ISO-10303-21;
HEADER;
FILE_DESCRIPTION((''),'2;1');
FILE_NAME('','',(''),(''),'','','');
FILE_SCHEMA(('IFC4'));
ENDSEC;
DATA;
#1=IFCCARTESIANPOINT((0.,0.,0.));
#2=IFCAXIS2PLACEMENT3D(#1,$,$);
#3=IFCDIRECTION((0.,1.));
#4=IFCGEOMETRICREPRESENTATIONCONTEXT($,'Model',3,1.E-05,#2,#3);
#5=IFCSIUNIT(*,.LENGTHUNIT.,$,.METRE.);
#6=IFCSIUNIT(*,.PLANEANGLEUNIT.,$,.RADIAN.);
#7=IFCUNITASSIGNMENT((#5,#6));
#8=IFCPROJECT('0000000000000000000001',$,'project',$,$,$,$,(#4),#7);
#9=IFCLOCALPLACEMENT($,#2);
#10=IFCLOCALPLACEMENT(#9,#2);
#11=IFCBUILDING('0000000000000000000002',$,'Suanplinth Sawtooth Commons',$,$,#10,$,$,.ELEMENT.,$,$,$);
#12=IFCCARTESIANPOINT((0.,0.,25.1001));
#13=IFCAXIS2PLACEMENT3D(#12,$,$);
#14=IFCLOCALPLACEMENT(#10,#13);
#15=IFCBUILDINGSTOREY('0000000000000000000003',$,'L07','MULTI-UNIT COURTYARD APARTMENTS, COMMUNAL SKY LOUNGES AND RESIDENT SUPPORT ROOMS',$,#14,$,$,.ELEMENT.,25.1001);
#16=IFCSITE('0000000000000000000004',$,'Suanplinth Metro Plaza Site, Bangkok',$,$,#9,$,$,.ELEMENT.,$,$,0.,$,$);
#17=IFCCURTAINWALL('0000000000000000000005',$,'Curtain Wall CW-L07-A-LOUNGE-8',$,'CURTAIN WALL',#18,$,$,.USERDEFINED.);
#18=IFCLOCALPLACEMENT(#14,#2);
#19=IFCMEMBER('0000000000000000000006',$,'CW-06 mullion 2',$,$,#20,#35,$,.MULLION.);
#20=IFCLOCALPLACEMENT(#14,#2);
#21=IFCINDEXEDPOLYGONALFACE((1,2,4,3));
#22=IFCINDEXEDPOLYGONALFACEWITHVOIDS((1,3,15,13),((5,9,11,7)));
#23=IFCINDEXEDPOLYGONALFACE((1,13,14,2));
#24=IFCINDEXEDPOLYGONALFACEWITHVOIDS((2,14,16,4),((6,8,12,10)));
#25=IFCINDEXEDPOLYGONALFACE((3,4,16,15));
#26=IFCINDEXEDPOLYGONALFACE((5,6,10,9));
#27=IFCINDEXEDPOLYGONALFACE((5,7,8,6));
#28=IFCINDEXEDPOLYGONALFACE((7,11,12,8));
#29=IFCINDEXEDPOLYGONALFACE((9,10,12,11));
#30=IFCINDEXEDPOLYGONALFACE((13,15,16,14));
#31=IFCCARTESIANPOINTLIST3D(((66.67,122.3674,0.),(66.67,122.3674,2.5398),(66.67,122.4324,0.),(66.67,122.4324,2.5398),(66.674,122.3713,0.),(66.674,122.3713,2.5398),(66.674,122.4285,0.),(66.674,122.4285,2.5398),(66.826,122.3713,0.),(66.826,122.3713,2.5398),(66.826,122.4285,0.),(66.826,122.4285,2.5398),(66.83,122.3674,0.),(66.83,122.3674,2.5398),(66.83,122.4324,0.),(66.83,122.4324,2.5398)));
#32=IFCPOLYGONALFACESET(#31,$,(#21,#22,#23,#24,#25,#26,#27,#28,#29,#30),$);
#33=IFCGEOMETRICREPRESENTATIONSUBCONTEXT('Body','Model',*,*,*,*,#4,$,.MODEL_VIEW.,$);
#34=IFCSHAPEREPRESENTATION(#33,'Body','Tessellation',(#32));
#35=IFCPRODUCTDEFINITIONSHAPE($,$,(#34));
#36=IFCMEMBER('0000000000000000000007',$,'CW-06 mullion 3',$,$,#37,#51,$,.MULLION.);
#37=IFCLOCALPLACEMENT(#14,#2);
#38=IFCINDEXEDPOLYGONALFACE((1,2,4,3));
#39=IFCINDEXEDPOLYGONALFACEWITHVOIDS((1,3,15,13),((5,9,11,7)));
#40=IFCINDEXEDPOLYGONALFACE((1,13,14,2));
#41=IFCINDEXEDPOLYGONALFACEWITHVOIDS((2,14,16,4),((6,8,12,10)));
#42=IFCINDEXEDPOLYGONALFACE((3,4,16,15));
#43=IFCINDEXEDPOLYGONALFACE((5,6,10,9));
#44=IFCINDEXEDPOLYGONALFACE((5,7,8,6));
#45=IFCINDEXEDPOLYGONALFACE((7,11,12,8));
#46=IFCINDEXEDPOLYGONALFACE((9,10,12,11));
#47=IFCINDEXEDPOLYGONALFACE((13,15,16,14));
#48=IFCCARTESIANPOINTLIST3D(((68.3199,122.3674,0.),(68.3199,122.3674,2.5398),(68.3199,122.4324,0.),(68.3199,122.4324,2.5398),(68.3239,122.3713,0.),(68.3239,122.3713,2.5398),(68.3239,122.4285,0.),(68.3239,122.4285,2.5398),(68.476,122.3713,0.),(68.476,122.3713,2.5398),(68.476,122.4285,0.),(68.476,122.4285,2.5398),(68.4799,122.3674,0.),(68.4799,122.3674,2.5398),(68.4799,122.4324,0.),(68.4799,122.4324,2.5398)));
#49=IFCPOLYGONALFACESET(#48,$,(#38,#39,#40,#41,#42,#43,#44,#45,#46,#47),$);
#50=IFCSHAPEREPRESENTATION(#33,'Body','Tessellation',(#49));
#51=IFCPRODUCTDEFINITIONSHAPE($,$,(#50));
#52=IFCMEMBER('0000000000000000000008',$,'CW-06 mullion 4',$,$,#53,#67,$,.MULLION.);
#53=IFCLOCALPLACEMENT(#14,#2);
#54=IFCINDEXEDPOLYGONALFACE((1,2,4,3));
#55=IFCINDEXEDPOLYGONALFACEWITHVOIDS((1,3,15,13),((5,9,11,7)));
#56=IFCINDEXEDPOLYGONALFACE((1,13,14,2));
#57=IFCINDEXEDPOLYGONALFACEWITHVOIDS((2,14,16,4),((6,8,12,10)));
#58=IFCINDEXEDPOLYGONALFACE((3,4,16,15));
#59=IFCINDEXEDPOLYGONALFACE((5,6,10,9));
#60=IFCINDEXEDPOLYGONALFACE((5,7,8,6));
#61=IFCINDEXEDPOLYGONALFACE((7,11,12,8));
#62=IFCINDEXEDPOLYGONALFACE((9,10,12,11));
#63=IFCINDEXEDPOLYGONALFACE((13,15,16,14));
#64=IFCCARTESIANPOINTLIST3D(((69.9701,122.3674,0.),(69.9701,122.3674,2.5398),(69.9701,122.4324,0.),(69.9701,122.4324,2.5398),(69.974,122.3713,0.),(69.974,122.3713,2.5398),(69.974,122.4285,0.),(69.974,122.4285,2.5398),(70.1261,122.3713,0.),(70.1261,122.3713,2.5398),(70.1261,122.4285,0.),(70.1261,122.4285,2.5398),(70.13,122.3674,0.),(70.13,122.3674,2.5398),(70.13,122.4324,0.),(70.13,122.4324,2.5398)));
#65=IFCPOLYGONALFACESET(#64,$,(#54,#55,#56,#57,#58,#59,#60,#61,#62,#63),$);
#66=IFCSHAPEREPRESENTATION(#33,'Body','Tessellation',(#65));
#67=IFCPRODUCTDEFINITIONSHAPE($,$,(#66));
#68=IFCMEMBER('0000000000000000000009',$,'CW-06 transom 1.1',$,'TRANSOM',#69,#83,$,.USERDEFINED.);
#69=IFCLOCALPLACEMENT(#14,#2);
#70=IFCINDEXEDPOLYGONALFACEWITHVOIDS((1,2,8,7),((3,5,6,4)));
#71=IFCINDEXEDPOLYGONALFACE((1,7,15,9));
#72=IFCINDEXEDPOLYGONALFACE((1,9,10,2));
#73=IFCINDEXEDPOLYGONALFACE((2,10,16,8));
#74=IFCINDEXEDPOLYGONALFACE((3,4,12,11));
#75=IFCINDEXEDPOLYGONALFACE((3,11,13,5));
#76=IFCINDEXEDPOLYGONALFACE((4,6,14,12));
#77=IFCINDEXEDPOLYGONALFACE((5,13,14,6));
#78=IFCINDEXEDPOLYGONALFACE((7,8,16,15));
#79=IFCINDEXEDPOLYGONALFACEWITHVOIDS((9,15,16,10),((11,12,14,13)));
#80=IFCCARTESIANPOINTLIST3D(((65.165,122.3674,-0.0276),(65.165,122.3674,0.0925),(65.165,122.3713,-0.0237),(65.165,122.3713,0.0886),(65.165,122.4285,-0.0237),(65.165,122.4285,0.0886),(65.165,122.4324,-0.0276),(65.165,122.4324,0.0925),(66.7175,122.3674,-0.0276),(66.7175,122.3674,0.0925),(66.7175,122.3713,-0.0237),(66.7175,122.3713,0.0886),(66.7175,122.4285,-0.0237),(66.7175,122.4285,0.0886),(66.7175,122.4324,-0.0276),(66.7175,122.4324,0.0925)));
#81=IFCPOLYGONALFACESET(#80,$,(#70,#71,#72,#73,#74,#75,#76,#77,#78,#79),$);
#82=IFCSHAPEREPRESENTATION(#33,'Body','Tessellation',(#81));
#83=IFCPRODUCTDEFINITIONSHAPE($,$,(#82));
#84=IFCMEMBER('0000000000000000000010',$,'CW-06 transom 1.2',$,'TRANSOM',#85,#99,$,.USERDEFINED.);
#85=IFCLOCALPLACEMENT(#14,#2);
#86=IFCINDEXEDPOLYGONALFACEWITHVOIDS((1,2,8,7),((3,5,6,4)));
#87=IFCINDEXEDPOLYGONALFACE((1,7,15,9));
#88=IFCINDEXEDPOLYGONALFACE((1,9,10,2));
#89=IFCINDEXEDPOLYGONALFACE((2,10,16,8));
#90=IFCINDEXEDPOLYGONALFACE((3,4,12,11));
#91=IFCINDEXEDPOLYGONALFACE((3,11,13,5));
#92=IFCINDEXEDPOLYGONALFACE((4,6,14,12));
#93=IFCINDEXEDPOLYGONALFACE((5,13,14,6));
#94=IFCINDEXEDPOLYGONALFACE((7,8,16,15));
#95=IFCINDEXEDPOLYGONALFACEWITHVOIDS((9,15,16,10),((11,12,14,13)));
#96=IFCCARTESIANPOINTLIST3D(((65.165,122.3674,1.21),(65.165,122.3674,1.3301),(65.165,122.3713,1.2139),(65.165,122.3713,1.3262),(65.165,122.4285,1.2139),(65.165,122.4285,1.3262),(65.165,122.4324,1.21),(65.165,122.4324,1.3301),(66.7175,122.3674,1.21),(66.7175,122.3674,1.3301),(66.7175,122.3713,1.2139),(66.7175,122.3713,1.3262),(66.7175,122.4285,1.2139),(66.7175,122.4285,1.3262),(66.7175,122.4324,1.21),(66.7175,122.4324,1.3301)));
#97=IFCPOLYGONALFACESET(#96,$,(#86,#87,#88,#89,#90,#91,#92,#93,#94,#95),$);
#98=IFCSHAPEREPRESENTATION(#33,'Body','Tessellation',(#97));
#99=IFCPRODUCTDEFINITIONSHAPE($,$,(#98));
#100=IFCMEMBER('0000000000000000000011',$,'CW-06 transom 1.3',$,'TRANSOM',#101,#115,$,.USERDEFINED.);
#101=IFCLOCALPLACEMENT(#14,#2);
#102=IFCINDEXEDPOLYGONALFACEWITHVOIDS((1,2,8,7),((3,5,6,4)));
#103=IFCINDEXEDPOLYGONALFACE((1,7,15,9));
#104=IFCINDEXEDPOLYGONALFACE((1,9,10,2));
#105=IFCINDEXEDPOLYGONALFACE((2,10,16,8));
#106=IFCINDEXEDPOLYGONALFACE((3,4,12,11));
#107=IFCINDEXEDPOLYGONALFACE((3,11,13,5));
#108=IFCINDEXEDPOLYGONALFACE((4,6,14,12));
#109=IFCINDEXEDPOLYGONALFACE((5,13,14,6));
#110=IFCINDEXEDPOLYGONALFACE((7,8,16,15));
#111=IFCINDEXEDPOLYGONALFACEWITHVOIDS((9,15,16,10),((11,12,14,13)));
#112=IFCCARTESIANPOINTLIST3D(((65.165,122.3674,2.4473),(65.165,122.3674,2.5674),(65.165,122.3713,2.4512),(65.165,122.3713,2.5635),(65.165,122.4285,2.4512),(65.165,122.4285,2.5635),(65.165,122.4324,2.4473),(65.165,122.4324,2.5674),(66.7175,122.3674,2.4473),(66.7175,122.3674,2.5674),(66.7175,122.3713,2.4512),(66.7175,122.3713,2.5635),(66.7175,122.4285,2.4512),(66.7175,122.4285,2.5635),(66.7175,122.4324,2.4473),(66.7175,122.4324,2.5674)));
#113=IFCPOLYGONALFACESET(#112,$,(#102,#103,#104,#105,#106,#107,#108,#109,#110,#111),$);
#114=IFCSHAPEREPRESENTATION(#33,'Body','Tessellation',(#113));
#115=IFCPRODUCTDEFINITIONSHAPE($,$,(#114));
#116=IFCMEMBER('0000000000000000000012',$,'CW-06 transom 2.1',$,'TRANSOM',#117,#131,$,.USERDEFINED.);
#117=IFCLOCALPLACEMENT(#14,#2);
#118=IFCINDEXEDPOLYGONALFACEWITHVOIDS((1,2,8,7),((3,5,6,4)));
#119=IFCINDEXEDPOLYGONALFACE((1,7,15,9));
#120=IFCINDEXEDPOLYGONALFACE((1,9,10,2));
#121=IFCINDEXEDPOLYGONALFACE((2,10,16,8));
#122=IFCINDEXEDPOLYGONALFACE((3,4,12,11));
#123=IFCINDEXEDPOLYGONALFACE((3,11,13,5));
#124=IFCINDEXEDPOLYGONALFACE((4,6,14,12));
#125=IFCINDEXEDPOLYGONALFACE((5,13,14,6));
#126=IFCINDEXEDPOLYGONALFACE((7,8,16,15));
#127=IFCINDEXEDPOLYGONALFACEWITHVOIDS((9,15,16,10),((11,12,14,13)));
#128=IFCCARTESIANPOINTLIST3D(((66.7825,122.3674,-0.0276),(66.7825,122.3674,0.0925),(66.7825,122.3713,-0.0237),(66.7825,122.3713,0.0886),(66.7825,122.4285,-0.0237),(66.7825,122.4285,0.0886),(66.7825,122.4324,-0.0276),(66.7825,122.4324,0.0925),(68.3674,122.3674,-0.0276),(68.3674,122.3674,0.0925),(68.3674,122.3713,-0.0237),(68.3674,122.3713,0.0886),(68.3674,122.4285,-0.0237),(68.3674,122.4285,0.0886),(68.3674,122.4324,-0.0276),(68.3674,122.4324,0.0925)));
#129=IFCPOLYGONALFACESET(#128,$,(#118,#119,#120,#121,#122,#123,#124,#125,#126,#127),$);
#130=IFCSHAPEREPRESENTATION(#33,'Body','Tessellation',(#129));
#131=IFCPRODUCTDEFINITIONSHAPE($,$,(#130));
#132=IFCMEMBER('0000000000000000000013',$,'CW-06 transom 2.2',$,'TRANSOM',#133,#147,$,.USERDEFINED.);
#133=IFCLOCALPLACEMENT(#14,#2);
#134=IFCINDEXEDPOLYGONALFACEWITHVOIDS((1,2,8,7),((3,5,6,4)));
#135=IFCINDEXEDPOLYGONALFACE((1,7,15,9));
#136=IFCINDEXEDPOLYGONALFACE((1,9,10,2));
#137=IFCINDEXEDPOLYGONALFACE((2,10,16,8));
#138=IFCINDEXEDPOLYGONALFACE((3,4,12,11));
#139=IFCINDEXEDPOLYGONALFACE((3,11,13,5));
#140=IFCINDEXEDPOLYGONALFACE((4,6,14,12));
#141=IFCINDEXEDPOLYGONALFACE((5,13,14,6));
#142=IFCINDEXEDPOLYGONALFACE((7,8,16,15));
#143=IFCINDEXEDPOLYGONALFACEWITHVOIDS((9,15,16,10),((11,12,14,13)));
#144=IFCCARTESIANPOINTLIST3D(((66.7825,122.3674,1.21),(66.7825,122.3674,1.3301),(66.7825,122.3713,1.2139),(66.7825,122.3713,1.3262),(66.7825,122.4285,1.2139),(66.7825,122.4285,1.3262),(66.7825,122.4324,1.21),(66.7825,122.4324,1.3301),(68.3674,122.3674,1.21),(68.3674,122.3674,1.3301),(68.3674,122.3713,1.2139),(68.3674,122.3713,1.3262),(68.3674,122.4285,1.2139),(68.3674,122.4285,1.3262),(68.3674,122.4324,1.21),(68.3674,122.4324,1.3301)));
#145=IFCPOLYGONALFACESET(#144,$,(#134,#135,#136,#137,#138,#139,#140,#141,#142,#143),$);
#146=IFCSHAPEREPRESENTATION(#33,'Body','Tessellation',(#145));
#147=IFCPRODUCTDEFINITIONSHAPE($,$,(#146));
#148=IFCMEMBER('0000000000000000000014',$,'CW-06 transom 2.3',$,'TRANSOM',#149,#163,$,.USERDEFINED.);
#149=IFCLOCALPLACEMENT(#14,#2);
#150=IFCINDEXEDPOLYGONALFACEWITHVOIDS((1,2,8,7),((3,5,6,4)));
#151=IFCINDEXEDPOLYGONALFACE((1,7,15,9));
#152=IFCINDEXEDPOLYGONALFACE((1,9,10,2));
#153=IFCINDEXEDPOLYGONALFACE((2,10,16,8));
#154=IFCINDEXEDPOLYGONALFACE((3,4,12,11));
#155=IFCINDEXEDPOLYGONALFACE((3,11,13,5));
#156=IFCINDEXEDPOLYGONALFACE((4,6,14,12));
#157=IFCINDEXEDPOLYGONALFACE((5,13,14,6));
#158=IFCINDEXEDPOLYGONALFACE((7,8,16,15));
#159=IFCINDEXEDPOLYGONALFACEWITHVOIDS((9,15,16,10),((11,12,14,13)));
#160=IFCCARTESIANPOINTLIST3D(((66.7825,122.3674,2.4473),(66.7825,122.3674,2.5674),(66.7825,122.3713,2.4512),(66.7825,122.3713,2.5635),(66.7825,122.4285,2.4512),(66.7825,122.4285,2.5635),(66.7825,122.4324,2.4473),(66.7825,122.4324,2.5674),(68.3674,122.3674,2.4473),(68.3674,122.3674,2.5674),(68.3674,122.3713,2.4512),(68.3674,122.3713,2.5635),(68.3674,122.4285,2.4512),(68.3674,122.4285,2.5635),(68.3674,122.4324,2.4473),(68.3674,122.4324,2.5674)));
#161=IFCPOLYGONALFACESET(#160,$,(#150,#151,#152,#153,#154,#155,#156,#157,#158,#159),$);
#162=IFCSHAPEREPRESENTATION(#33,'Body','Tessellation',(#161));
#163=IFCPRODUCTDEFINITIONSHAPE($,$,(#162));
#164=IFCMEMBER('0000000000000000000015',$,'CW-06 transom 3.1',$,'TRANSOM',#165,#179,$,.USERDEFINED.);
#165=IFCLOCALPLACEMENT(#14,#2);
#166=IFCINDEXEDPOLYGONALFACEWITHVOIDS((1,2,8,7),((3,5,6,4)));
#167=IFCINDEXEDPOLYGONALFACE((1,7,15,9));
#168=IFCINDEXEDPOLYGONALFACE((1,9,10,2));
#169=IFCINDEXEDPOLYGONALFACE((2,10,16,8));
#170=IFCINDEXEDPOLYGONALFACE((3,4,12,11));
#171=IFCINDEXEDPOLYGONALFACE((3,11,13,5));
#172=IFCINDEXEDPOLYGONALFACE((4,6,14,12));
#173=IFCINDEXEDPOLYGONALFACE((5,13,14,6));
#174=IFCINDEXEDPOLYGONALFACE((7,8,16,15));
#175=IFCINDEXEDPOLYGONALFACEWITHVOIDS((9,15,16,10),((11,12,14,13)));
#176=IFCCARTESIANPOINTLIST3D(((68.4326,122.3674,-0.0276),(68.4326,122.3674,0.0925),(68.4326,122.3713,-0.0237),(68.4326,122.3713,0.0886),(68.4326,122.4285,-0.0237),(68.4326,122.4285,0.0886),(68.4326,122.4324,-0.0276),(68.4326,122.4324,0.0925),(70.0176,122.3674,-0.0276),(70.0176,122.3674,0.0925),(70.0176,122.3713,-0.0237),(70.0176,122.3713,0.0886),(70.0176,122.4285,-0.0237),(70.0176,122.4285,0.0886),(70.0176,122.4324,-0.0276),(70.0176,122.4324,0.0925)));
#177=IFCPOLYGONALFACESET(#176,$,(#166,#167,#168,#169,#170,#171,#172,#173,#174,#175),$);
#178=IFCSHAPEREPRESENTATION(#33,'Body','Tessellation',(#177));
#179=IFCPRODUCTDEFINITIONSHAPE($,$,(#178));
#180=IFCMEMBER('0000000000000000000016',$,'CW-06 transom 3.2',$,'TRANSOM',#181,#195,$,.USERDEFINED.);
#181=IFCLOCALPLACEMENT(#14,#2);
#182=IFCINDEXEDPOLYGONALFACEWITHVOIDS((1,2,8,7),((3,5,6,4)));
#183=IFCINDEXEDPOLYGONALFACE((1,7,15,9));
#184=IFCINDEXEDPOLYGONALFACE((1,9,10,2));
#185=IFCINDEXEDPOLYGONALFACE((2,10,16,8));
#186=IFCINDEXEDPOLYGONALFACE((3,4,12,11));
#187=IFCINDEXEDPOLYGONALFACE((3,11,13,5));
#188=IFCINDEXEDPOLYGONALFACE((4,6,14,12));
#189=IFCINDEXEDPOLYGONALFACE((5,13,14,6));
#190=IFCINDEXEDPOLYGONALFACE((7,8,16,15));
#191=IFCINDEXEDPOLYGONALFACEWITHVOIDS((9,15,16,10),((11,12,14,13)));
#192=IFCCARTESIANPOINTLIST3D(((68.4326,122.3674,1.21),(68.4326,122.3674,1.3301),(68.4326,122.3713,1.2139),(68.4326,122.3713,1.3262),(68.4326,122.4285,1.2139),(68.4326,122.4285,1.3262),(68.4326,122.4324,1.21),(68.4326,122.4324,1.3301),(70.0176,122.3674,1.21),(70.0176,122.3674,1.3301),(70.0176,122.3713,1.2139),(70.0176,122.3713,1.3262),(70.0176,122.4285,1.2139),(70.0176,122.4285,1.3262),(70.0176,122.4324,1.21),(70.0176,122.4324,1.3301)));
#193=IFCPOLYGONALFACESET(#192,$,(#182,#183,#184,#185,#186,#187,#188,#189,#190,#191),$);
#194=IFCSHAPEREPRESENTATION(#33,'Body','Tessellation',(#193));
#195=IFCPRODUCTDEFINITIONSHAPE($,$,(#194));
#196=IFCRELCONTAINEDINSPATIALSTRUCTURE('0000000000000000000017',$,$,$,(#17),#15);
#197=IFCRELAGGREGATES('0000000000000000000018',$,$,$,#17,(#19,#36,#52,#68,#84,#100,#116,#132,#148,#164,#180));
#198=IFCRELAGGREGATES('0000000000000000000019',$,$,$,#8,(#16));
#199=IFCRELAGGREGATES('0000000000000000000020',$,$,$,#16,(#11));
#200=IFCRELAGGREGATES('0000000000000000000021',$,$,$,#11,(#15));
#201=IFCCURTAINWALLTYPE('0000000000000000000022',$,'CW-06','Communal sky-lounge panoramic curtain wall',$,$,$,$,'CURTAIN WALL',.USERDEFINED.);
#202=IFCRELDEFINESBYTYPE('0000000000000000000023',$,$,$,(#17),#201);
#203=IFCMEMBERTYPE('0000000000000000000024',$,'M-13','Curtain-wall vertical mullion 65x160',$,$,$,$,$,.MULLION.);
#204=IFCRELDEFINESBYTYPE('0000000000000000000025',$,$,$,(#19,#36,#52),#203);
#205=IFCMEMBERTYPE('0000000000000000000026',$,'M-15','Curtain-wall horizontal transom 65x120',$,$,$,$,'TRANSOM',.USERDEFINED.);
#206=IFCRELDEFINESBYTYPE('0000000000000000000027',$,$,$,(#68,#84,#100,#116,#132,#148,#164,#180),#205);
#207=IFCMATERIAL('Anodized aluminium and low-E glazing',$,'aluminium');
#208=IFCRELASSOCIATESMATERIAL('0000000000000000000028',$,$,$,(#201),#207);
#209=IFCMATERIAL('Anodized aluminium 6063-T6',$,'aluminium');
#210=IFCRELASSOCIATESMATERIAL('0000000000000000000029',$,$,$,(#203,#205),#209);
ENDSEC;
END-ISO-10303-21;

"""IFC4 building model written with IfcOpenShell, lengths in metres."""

from ifc_helpers import new_model, si_unit, direction, frame, origin, origin_2d, place, context, subcontext, project, spatial, hollow_rectangle, extrude, material, material_profile, profile_set, type_object, element, aggregate, save


model = new_model("IFC4")

# Units and contexts
model_context = context("Model", 3, precision=1e-05, world=origin(), true_north=direction((0.0, 1.0)))
body_context = subcontext(model_context, "Body", "Model", "MODEL_VIEW")
ifc_project = project(units=[si_unit("LENGTHUNIT", "METRE"), si_unit("PLANEANGLEUNIT", "RADIAN")], contexts=[model_context])

# Site, building, storey
site_placement = place(None, origin())
site = spatial("IfcSite", under=ifc_project, at=site_placement, Name="Suanplinth Metro Plaza Site, Bangkok", CompositionType="ELEMENT", RefElevation=0.0)
building_placement = place(site_placement, origin())
building = spatial("IfcBuilding", under=site, at=building_placement, Name="Suanplinth Sawtooth Commons", CompositionType="ELEMENT")
storey_placement = place(building_placement, frame((0.0, 0.0, 25.1001)))
storey = spatial("IfcBuildingStorey", under=building, at=storey_placement, Name="L07", Description="MULTI-UNIT COURTYARD APARTMENTS, COMMUNAL SKY LOUNGES AND RESIDENT SUPPORT ROOMS", CompositionType="ELEMENT", Elevation=25.1001)

# Curtain wall, members
ifc_material_1 = material(Name="Anodized aluminium and low-E glazing", Category="aluminium")
curtain_wall_type = type_object("IfcCurtainWallType", Name="CW-06", Description="Communal sky-lounge panoramic curtain wall", ElementType="CURTAIN WALL", PredefinedType="USERDEFINED", material=ifc_material_1)
curtain_wall_placement = place(storey_placement, origin())
curtain_wall = element("IfcCurtainWall", 1, at=curtain_wall_placement, inside=storey, type_object=curtain_wall_type, Name="Curtain Wall CW-L07-A-LOUNGE-8", ObjectType="CURTAIN WALL", PredefinedType="USERDEFINED")
ifc_material_2 = material(Name="Anodized aluminium 6063-T6", Category="aluminium")
ifc_material_profile_1 = material_profile(ifc_material_2, hollow_rectangle(XDim=0.0649, YDim=0.1599, WallThickness=0.0039, at=origin_2d()), Name="ALU-MUL 65x160")
ifc_profile_set_1 = profile_set([ifc_material_profile_1], Name="Anodized aluminium 6063-T6")
member_type_1 = type_object("IfcMemberType", Name="M-13", Description="Curtain-wall vertical mullion 65x160", PredefinedType="MULLION", material=ifc_profile_set_1)
member_1_placement = place(storey_placement, frame((66.75, 122.3999, 0.0), z_axis=(0.0, 0.0, 1.0), x_axis=(0.0, 1.0, 0.0)))
member_1 = element("IfcMember", 2, at=member_1_placement, type_object=member_type_1, Name="CW-06 mullion 2", PredefinedType="MULLION", context=body_context, shape_type="SweptSolid", body=[
    extrude(hollow_rectangle(XDim=0.0649, YDim=0.1599, WallThickness=0.0039, at=origin_2d()), origin(), (0.0, 0.0, 1.0), 2.5398),
])
member_2_placement = place(storey_placement, frame((68.3999, 122.3999, 0.0), z_axis=(0.0, 0.0, 1.0), x_axis=(0.0, 1.0, 0.0)))
member_2 = element("IfcMember", 3, at=member_2_placement, type_object=member_type_1, Name="CW-06 mullion 3", PredefinedType="MULLION", context=body_context, shape_type="SweptSolid", body=[
    extrude(hollow_rectangle(XDim=0.0649, YDim=0.1599, WallThickness=0.0039, at=origin_2d()), origin(), (0.0, 0.0, 1.0), 2.5398),
])
member_3_placement = place(storey_placement, frame((70.05, 122.3999, 0.0), z_axis=(0.0, 0.0, 1.0), x_axis=(0.0, 1.0, 0.0)))
member_3 = element("IfcMember", 4, at=member_3_placement, type_object=member_type_1, Name="CW-06 mullion 4", PredefinedType="MULLION", context=body_context, shape_type="SweptSolid", body=[
    extrude(hollow_rectangle(XDim=0.0649, YDim=0.1599, WallThickness=0.0039, at=origin_2d()), origin(), (0.0, 0.0, 1.0), 2.5398),
])
ifc_material_profile_2 = material_profile(ifc_material_2, hollow_rectangle(XDim=0.0649, YDim=0.1201, WallThickness=0.0039, at=origin_2d()), Name="ALU-TRN 65x120")
ifc_profile_set_2 = profile_set([ifc_material_profile_2], Name="Anodized aluminium 6063-T6")
member_type_2 = type_object("IfcMemberType", Name="M-15", Description="Curtain-wall horizontal transom 65x120", ElementType="TRANSOM", PredefinedType="USERDEFINED", material=ifc_profile_set_2)
member_4_placement = place(storey_placement, frame((65.165, 122.3999, 0.0325), z_axis=(1.0, 0.0, 0.0), x_axis=(0.0, 1.0, 0.0)))
member_4 = element("IfcMember", 5, at=member_4_placement, type_object=member_type_2, Name="CW-06 transom 1.1", ObjectType="TRANSOM", PredefinedType="USERDEFINED", context=body_context, shape_type="SweptSolid", body=[
    extrude(hollow_rectangle(XDim=0.0649, YDim=0.1201, WallThickness=0.0039, at=origin_2d()), origin(), (0.0, 0.0, 1.0), 1.5525),
])
member_5_placement = place(storey_placement, frame((65.165, 122.3999, 1.27), z_axis=(1.0, 0.0, 0.0), x_axis=(0.0, 1.0, 0.0)))
member_5 = element("IfcMember", 6, at=member_5_placement, type_object=member_type_2, Name="CW-06 transom 1.2", ObjectType="TRANSOM", PredefinedType="USERDEFINED", context=body_context, shape_type="SweptSolid", body=[
    extrude(hollow_rectangle(XDim=0.0649, YDim=0.1201, WallThickness=0.0039, at=origin_2d()), origin(), (0.0, 0.0, 1.0), 1.5525),
])
member_6_placement = place(storey_placement, frame((65.165, 122.3999, 2.5073), z_axis=(1.0, 0.0, 0.0), x_axis=(0.0, 1.0, 0.0)))
member_6 = element("IfcMember", 7, at=member_6_placement, type_object=member_type_2, Name="CW-06 transom 1.3", ObjectType="TRANSOM", PredefinedType="USERDEFINED", context=body_context, shape_type="SweptSolid", body=[
    extrude(hollow_rectangle(XDim=0.0649, YDim=0.1201, WallThickness=0.0039, at=origin_2d()), origin(), (0.0, 0.0, 1.0), 1.5525),
])
member_7_placement = place(storey_placement, frame((66.7825, 122.3999, 0.0325), z_axis=(1.0, 0.0, 0.0), x_axis=(0.0, 1.0, 0.0)))
member_7 = element("IfcMember", 8, at=member_7_placement, type_object=member_type_2, Name="CW-06 transom 2.1", ObjectType="TRANSOM", PredefinedType="USERDEFINED", context=body_context, shape_type="SweptSolid", body=[
    extrude(hollow_rectangle(XDim=0.0649, YDim=0.1201, WallThickness=0.0039, at=origin_2d()), origin(), (0.0, 0.0, 1.0), 1.585),
])
member_8_placement = place(storey_placement, frame((66.7825, 122.3999, 1.27), z_axis=(1.0, 0.0, 0.0), x_axis=(0.0, 1.0, 0.0)))
member_8 = element("IfcMember", 9, at=member_8_placement, type_object=member_type_2, Name="CW-06 transom 2.2", ObjectType="TRANSOM", PredefinedType="USERDEFINED", context=body_context, shape_type="SweptSolid", body=[
    extrude(hollow_rectangle(XDim=0.0649, YDim=0.1201, WallThickness=0.0039, at=origin_2d()), origin(), (0.0, 0.0, 1.0), 1.585),
])
member_9_placement = place(storey_placement, frame((66.7825, 122.3999, 2.5073), z_axis=(1.0, 0.0, 0.0), x_axis=(0.0, 1.0, 0.0)))
member_9 = element("IfcMember", 10, at=member_9_placement, type_object=member_type_2, Name="CW-06 transom 2.3", ObjectType="TRANSOM", PredefinedType="USERDEFINED", context=body_context, shape_type="SweptSolid", body=[
    extrude(hollow_rectangle(XDim=0.0649, YDim=0.1201, WallThickness=0.0039, at=origin_2d()), origin(), (0.0, 0.0, 1.0), 1.585),
])
member_10_placement = place(storey_placement, frame((68.4326, 122.3999, 0.0325), z_axis=(1.0, 0.0, 0.0), x_axis=(0.0, 1.0, 0.0)))
member_10 = element("IfcMember", 11, at=member_10_placement, type_object=member_type_2, Name="CW-06 transom 3.1", ObjectType="TRANSOM", PredefinedType="USERDEFINED", context=body_context, shape_type="SweptSolid", body=[
    extrude(hollow_rectangle(XDim=0.0649, YDim=0.1201, WallThickness=0.0039, at=origin_2d()), origin(), (0.0, 0.0, 1.0), 1.585),
])
member_11_placement = place(storey_placement, frame((68.4326, 122.3999, 1.27), z_axis=(1.0, 0.0, 0.0), x_axis=(0.0, 1.0, 0.0)))
member_11 = element("IfcMember", 12, at=member_11_placement, type_object=member_type_2, Name="CW-06 transom 3.2", ObjectType="TRANSOM", PredefinedType="USERDEFINED", context=body_context, shape_type="SweptSolid", body=[
    extrude(hollow_rectangle(XDim=0.0649, YDim=0.1201, WallThickness=0.0039, at=origin_2d()), origin(), (0.0, 0.0, 1.0), 1.585),
])
aggregate(curtain_wall, [member_1, member_2, member_3, member_4, member_5, member_6, member_7, member_8, member_9, member_10, member_11])

save(model, "model.ifc")
